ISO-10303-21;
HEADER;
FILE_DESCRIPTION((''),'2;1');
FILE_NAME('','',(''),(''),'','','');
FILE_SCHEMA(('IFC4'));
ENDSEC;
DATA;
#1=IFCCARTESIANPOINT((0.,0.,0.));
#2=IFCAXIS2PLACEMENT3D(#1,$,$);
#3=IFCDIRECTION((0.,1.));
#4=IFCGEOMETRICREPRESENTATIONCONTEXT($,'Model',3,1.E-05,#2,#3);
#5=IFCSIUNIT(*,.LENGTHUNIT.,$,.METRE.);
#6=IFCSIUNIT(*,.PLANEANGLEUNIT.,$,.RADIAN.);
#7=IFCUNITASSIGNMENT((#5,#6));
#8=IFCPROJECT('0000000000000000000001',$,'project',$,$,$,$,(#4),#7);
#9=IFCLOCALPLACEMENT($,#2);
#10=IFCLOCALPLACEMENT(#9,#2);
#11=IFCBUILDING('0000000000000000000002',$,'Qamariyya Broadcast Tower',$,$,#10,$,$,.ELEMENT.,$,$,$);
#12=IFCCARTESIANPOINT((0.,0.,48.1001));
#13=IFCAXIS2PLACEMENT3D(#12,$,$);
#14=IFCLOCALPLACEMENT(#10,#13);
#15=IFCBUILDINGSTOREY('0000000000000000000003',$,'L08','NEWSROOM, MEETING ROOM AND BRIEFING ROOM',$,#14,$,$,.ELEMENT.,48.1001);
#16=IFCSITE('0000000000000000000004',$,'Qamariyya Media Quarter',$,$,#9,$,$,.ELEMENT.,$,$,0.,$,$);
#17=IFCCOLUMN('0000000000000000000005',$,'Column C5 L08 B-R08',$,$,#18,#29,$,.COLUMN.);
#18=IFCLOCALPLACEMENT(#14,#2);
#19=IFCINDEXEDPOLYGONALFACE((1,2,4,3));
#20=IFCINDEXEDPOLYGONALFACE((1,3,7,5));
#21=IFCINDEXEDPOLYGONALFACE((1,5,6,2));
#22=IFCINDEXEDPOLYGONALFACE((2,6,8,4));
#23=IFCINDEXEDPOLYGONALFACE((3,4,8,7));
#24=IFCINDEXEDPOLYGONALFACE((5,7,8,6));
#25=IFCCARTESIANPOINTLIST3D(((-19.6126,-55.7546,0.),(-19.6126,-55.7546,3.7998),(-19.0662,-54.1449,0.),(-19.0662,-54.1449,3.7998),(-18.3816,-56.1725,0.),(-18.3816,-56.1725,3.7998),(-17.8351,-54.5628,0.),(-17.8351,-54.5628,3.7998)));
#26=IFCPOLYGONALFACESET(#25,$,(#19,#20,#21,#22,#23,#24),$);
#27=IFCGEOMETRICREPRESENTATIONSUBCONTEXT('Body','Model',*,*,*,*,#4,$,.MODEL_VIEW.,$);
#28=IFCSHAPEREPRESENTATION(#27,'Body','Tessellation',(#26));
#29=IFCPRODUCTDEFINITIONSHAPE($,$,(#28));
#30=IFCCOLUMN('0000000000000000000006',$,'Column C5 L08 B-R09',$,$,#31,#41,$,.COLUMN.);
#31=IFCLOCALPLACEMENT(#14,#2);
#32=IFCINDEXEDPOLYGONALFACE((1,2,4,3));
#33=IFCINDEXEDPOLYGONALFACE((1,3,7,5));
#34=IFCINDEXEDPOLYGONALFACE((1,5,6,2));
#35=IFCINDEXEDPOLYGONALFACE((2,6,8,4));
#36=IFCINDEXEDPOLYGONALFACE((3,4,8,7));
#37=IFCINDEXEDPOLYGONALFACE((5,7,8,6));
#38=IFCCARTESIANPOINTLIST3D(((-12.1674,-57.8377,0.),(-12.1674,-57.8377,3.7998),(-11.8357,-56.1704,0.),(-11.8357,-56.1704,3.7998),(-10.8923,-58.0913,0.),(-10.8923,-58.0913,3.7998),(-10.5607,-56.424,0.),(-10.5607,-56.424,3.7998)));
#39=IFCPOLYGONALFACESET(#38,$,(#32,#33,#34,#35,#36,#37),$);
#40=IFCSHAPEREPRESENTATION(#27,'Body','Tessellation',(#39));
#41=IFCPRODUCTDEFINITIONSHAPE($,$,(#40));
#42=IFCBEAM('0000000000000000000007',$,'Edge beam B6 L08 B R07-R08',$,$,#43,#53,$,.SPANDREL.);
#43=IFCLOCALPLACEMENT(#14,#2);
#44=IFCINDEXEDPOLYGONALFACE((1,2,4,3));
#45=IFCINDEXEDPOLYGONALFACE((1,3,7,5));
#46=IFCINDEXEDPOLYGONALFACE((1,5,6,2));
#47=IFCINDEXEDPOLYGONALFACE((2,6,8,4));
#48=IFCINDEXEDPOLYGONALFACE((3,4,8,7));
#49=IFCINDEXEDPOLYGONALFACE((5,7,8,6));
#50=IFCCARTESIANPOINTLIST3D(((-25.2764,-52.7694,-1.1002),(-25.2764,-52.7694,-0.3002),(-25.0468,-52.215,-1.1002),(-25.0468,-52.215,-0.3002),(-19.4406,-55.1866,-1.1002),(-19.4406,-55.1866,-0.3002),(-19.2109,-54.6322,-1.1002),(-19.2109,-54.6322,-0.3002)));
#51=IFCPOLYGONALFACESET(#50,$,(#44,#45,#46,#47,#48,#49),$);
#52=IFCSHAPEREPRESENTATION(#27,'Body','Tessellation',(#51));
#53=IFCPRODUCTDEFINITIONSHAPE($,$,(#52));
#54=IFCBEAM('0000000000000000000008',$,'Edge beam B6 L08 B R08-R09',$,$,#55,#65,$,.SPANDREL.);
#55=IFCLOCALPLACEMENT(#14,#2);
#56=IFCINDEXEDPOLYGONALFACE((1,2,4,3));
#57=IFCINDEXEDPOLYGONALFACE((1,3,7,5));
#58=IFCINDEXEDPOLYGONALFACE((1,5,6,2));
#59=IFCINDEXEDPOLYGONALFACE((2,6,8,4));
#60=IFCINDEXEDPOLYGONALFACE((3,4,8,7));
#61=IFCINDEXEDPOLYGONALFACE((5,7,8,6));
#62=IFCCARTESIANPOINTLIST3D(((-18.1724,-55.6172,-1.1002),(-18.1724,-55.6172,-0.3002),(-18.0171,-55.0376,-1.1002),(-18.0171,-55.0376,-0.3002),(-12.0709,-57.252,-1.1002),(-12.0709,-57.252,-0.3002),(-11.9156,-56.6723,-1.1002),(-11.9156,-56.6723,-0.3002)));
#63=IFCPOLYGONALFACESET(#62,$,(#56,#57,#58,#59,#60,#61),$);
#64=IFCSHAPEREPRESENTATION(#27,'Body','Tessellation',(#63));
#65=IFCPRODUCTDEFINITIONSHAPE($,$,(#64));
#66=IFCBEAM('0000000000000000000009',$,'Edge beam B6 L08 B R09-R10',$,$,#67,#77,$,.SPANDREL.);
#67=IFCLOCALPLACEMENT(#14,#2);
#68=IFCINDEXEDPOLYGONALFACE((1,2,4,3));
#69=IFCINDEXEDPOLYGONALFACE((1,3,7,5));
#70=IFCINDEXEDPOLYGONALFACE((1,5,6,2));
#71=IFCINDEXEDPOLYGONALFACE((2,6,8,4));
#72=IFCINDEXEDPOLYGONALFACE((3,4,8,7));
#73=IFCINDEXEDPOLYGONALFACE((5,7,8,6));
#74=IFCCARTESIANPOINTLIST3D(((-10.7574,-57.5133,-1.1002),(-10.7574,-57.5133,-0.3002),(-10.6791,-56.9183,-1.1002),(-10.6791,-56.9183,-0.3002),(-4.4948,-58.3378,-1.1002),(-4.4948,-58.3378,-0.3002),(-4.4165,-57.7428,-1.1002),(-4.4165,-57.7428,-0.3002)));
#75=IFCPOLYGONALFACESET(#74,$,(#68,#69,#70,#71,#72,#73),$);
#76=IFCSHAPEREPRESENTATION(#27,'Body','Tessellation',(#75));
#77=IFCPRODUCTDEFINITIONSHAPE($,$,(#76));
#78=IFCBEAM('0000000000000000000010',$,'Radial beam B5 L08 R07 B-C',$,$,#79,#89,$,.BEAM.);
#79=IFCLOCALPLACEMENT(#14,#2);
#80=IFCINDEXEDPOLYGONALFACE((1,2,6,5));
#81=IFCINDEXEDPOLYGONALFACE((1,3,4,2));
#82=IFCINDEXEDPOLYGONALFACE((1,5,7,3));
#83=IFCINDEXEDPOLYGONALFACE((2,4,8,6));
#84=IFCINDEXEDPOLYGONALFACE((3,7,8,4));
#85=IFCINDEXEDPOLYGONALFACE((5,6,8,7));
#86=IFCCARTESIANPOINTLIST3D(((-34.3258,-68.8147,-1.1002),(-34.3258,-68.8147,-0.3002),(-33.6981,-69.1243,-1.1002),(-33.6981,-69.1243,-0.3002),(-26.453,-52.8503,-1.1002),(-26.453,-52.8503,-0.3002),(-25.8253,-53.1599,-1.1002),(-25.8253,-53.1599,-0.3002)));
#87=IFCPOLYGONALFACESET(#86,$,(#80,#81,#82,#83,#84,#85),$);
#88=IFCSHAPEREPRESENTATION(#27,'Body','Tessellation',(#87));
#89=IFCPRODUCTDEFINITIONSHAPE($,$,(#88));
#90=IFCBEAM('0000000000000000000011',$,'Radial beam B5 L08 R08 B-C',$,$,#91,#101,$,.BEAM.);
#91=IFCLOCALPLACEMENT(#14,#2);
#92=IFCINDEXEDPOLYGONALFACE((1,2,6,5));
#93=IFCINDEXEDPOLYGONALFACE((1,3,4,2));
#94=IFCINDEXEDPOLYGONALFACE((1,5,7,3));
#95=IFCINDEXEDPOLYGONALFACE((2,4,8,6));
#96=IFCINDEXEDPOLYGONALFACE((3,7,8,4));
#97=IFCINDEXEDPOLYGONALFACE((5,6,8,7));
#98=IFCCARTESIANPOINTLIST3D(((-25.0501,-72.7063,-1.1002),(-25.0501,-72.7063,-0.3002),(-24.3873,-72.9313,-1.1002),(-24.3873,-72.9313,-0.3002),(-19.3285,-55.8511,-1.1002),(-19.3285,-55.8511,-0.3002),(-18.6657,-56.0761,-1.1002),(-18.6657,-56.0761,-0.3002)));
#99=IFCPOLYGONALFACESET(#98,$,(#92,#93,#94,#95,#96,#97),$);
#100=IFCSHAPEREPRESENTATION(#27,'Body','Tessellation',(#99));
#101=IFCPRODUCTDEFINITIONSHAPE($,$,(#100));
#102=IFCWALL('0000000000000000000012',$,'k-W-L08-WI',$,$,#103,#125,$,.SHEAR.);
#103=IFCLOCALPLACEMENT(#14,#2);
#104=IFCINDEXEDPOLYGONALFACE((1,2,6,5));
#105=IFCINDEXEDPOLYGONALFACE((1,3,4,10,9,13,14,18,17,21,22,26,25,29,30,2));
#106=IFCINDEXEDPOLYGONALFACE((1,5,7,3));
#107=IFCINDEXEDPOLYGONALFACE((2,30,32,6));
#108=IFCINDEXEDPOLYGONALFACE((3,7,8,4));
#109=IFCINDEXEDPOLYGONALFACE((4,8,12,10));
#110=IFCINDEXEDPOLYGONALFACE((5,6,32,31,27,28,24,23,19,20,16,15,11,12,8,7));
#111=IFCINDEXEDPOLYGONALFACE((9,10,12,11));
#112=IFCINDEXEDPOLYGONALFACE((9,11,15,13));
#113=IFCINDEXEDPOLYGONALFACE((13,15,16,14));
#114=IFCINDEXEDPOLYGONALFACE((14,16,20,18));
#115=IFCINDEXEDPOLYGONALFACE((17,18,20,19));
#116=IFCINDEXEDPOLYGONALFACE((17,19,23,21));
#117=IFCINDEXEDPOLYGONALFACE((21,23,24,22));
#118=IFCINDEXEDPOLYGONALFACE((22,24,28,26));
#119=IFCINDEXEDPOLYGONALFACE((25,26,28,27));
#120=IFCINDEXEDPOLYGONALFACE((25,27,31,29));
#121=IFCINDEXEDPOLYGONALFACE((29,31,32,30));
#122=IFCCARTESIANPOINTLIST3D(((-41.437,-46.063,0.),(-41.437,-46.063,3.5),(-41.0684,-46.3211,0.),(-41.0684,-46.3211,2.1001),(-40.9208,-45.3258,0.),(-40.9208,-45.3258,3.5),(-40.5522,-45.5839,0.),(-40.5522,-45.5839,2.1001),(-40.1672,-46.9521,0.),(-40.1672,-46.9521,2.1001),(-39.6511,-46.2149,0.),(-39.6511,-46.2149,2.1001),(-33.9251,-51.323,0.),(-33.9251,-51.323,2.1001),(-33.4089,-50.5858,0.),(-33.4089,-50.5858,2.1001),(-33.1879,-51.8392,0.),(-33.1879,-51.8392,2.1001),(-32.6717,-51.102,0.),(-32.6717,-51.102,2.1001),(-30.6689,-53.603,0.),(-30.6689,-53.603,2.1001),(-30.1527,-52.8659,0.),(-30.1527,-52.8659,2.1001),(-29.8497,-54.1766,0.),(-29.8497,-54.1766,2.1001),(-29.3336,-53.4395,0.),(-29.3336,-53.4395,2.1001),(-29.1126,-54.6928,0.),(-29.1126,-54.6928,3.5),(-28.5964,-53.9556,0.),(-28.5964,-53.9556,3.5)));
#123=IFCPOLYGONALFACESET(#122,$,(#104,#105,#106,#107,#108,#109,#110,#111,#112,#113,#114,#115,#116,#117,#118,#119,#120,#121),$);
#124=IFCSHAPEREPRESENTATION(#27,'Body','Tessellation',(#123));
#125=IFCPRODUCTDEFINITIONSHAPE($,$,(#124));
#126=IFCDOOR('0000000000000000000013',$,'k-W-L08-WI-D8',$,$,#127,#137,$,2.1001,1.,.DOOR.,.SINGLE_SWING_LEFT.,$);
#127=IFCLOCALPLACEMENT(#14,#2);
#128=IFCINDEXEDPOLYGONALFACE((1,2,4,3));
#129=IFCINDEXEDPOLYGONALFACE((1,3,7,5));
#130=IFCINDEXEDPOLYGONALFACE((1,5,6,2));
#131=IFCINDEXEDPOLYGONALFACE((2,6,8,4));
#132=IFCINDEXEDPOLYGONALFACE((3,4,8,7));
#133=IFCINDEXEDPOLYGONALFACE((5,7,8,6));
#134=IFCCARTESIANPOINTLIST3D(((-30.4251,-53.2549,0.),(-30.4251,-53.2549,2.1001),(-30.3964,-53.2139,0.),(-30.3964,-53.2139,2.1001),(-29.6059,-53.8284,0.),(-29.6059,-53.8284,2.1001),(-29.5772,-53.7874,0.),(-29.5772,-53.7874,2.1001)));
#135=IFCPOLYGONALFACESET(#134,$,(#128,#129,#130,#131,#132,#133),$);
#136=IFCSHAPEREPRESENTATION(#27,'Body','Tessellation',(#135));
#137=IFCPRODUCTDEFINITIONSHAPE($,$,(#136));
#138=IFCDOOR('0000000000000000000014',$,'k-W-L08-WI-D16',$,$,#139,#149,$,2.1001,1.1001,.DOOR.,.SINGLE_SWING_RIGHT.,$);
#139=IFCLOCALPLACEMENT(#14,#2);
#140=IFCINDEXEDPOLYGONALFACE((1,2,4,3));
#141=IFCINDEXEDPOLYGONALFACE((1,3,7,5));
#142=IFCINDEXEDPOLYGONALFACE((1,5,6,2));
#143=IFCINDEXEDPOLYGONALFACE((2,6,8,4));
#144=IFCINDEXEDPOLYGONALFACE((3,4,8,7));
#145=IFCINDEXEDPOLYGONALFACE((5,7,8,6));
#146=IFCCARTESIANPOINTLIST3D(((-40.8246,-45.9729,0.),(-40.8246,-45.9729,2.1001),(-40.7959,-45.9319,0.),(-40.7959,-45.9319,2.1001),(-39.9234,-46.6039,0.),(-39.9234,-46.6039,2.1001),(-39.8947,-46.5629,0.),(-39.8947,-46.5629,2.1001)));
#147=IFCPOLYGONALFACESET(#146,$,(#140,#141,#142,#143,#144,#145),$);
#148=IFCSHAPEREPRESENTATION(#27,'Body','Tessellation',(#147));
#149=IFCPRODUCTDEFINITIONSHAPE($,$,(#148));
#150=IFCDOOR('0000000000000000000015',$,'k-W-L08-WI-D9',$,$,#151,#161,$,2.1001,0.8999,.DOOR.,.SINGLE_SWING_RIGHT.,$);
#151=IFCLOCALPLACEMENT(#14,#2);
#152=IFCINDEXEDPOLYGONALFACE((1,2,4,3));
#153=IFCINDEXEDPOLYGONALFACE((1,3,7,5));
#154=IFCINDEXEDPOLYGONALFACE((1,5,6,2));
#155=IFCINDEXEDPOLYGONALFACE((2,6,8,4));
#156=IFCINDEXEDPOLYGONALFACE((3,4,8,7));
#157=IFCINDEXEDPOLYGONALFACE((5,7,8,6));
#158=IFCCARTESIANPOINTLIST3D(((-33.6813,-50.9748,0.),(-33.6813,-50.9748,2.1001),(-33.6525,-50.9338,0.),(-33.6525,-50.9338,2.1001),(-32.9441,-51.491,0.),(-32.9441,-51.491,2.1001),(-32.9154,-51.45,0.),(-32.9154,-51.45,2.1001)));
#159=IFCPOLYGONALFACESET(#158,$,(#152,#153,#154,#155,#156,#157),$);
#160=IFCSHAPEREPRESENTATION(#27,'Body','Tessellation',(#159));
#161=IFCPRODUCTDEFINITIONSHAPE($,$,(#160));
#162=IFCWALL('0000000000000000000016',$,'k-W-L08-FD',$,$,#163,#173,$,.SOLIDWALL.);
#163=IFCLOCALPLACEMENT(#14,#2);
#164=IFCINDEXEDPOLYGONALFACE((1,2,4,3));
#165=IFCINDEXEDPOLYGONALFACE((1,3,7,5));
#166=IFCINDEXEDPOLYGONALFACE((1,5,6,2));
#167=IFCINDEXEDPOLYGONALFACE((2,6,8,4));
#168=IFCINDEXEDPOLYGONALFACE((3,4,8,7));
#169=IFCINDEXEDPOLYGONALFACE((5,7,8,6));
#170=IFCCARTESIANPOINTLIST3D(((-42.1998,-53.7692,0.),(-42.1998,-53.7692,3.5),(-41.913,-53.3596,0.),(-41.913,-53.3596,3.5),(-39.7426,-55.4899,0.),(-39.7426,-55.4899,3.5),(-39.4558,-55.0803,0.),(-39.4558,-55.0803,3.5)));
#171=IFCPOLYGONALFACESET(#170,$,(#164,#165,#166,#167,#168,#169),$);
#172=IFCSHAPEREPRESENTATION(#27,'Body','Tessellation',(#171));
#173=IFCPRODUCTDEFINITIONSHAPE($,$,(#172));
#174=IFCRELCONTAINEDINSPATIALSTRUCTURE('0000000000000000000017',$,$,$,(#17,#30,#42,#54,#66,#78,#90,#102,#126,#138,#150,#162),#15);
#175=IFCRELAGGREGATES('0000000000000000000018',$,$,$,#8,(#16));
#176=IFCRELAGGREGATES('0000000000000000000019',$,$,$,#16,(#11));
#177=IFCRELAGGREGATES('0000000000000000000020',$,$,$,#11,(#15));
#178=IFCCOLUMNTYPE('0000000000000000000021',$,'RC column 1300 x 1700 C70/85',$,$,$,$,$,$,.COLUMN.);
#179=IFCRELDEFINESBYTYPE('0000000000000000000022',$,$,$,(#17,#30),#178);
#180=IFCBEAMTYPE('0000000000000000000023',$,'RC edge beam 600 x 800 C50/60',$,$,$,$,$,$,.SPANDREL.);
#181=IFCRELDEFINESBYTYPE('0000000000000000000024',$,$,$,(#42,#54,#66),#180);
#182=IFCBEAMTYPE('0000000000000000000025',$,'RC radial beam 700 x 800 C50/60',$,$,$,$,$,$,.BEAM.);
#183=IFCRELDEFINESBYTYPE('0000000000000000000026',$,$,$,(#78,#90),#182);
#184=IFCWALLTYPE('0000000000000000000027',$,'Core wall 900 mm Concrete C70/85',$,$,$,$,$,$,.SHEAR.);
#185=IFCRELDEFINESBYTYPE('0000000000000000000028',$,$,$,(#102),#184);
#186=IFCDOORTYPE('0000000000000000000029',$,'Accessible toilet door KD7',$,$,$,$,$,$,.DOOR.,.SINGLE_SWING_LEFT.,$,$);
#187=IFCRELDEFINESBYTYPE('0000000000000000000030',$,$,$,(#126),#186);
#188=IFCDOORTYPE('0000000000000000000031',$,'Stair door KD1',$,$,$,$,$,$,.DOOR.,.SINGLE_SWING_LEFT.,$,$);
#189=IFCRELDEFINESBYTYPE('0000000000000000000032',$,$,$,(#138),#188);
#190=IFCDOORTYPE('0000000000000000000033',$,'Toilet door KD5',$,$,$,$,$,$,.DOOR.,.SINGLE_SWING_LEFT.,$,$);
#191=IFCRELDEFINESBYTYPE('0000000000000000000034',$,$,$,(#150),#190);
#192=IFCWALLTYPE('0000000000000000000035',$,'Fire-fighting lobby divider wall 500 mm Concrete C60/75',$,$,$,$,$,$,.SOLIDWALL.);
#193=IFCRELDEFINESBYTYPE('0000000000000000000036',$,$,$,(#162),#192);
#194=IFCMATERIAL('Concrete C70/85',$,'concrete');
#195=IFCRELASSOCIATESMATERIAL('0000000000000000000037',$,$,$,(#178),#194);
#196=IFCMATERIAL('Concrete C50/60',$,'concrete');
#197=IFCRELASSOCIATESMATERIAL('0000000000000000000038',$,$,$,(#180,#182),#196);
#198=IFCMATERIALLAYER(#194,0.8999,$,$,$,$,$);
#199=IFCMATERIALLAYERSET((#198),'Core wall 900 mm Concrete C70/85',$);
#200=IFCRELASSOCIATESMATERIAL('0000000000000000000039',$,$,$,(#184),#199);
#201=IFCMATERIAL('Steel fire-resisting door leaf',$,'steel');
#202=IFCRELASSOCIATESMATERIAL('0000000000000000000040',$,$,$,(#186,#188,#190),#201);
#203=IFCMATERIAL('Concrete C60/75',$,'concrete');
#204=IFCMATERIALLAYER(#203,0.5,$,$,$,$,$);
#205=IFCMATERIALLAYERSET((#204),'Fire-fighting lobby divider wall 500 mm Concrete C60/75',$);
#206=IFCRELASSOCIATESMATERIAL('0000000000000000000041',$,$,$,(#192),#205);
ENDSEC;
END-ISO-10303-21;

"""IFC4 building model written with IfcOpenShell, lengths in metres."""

from ifc_helpers import new_model, si_unit, direction, frame, frame_2d, origin, origin_2d, place, context, subcontext, project, spatial, rectangle, extrude, material, layer, layer_set, material_profile, profile_set, type_object, element, fill, save


model = new_model("IFC4")

# Units and contexts
model_context = context("Model", 3, precision=1e-05, world=origin(), true_north=direction((0.0, 1.0)))
body_context = subcontext(model_context, "Body", "Model", "MODEL_VIEW")
ifc_project = project(units=[si_unit("LENGTHUNIT", "METRE"), si_unit("PLANEANGLEUNIT", "RADIAN")], contexts=[model_context])

# Site, building, storey
site_placement = place(None, origin())
site = spatial("IfcSite", under=ifc_project, at=site_placement, Name="Qamariyya Media Quarter", CompositionType="ELEMENT", RefElevation=0.0)
building_placement = place(site_placement, origin())
building = spatial("IfcBuilding", under=site, at=building_placement, Name="Qamariyya Broadcast Tower", CompositionType="ELEMENT")
storey_placement = place(building_placement, frame((0.0, 0.0, 48.1001)))
storey = spatial("IfcBuildingStorey", under=building, at=storey_placement, Name="L08", Description="NEWSROOM, MEETING ROOM AND BRIEFING ROOM", CompositionType="ELEMENT", Elevation=48.1001)

# Columns
ifc_material_1 = material(Name="Concrete C70/85", Category="concrete")
ifc_material_profile_1 = material_profile(ifc_material_1, rectangle(XDim=1.3, YDim=1.7, at=origin_2d()))
ifc_profile_set_1 = profile_set([ifc_material_profile_1], Name="Concrete C70/85")
column_type = type_object("IfcColumnType", Name="RC column 1300 x 1700 C70/85", PredefinedType="COLUMN", material=ifc_profile_set_1)
for number, where, z_axis, x_axis, name in (
    (1, (-18.7239, -55.1587, 0.0), (0.0, 0.0, 1.0), (0.94693, -0.321439, 0.0), "Column C5 L08 B-R08"),
    (2, (-11.364, -57.1309, 0.0), (0.0, 0.0, 1.0), (0.980785, -0.19509, 0.0), "Column C5 L08 B-R09"),
):
    element("IfcColumn", number, at=place(storey_placement, frame(where, z_axis=z_axis, x_axis=x_axis)), inside=storey, type_object=column_type, Name=name, PredefinedType="COLUMN", context=body_context, shape_type="SweptSolid", body=[
        extrude(rectangle(XDim=1.3, YDim=1.7, at=origin_2d()), origin(), (0.0, 0.0, 1.0), 3.7998),
    ])

# Beams
ifc_material_2 = material(Name="Concrete C50/60", Category="concrete")
ifc_material_profile_2 = material_profile(ifc_material_2, rectangle(XDim=0.6001, YDim=0.8, at=origin_2d()))
ifc_profile_set_2 = profile_set([ifc_material_profile_2], Name="Concrete C50/60")
beam_type_1 = type_object("IfcBeamType", Name="RC edge beam 600 x 800 C50/60", PredefinedType="SPANDREL", material=ifc_profile_set_2)
for number, where, z_axis, x_axis, name in (
    (3, (-25.1616, -52.4922, -0.7002), (0.923884, -0.382672, 0.0), (0.382672, 0.923884, 0.0), "Edge beam B6 L08 B R07-R08"),
    (4, (-18.0947, -55.3274, -0.7002), (0.965931, -0.258798, 0.0), (0.258798, 0.965931, 0.0), "Edge beam B6 L08 B R08-R09"),
    (5, (-10.7183, -57.2158, -0.7002), (0.991446, -0.13052, 0.0), (0.13052, 0.991446, 0.0), "Edge beam B6 L08 B R09-R10"),
):
    element("IfcBeam", number, at=place(storey_placement, frame(where, z_axis=z_axis, x_axis=x_axis)), inside=storey, type_object=beam_type_1, Name=name, PredefinedType="SPANDREL", context=body_context, shape_type="SweptSolid", body=[
        extrude(rectangle(XDim=0.6001, YDim=0.8, at=origin_2d()), origin(), (0.0, 0.0, 1.0), 6.3167),
    ])
ifc_material_profile_3 = material_profile(ifc_material_2, rectangle(XDim=0.7, YDim=0.8, at=origin_2d()))
ifc_profile_set_3 = profile_set([ifc_material_profile_3], Name="Concrete C50/60")
beam_type_2 = type_object("IfcBeamType", Name="RC radial beam 700 x 800 C50/60", PredefinedType="BEAM", material=ifc_profile_set_3)
beam_1_placement = place(storey_placement, frame((-26.1392, -53.0051, -0.7002), z_axis=(-0.442291, -0.896872, 0.0), x_axis=(0.896872, -0.442291, 0.0)))
element("IfcBeam", 6, at=beam_1_placement, inside=storey, type_object=beam_type_2, Name="Radial beam B5 L08 R07 B-C", PredefinedType="BEAM", context=body_context, shape_type="SweptSolid", body=[
    extrude(rectangle(XDim=0.7, YDim=0.8, at=origin_2d()), origin(), (0.0, 0.0, 1.0), 17.8),
])
beam_2_placement = place(storey_placement, frame((-18.9971, -55.9636, -0.7002), z_axis=(-0.321445, -0.946928, 0.0), x_axis=(0.946928, -0.321445, 0.0)))
element("IfcBeam", 7, at=beam_2_placement, inside=storey, type_object=beam_type_2, Name="Radial beam B5 L08 R08 B-C", PredefinedType="BEAM", context=body_context, shape_type="SweptSolid", body=[
    extrude(rectangle(XDim=0.7, YDim=0.8, at=origin_2d()), origin(), (0.0, 0.0, 1.0), 17.7998),
])

# Wall, openings, doors
ifc_layer_1 = layer(ifc_material_1, 0.8999)
ifc_layer_set_1 = layer_set([ifc_layer_1], Name="Core wall 900 mm Concrete C70/85")
wall_type_1 = type_object("IfcWallType", Name="Core wall 900 mm Concrete C70/85", PredefinedType="SHEAR", material=ifc_layer_set_1)
wall_1_placement = place(storey_placement, frame((-28.8545, -54.3242, 0.0), z_axis=(0.0, 0.0, 1.0), x_axis=(-0.819146, 0.573585, 0.0)))
wall_1 = element("IfcWall", 8, at=wall_1_placement, inside=storey, type_object=wall_type_1, Name="k-W-L08-WI", PredefinedType="SHEAR", context=body_context, shape_type="SweptSolid", body=[
    extrude(rectangle(XDim=15.0454, YDim=0.8999, at=frame_2d((7.5227, 0.0))), origin(), (0.0, 0.0, 1.0), 3.5),
])
opening_1_placement = place(wall_1_placement, frame((0.8999, 0.0, 0.0)))
opening_1 = element("IfcOpeningElement", 9, at=opening_1_placement, cuts=wall_1, PredefinedType="OPENING", context=body_context, shape_type="SweptSolid", body=[
    extrude(rectangle(XDim=1.0, YDim=2.1001, at=frame_2d((0.5, 1.05))), frame((0.0, 0.46, 0.0), z_axis=(0.0, -1.0, 0.0), x_axis=(1.0, 0.0, 0.0)), (0.0, 0.0, 1.0), 0.9199),
])
opening_2_placement = place(wall_1_placement, frame((4.9751, 0.0, 0.0)))
opening_2 = element("IfcOpeningElement", 10, at=opening_2_placement, cuts=wall_1, PredefinedType="OPENING", context=body_context, shape_type="SweptSolid", body=[
    extrude(rectangle(XDim=0.8999, YDim=2.1001, at=frame_2d((0.45, 1.05))), frame((0.0, 0.46, 0.0), z_axis=(0.0, -1.0, 0.0), x_axis=(1.0, 0.0, 0.0)), (0.0, 0.0, 1.0), 0.9199),
])
opening_3_placement = place(wall_1_placement, frame((13.4954, 0.0, 0.0)))
opening_3 = element("IfcOpeningElement", 11, at=opening_3_placement, cuts=wall_1, PredefinedType="OPENING", context=body_context, shape_type="SweptSolid", body=[
    extrude(rectangle(XDim=1.1001, YDim=2.1001, at=frame_2d((0.55, 1.05))), frame((0.0, 0.46, 0.0), z_axis=(0.0, -1.0, 0.0), x_axis=(1.0, 0.0, 0.0)), (0.0, 0.0, 1.0), 0.9199),
])
ifc_material_3 = material(Name="Steel fire-resisting door leaf", Category="steel")
door_type_1 = type_object("IfcDoorType", Name="Accessible toilet door KD7", OperationType="SINGLE_SWING_LEFT", PredefinedType="DOOR", material=ifc_material_3)
door_1_placement = place(opening_1_placement, origin())
door_1 = element("IfcDoor", 12, at=door_1_placement, inside=storey, type_object=door_type_1, Name="k-W-L08-WI-D8", OperationType="SINGLE_SWING_LEFT", OverallHeight=2.1001, OverallWidth=1.0, PredefinedType="DOOR", context=body_context, shape_type="SweptSolid", body=[
    extrude(rectangle(XDim=1.0, YDim=2.1001, at=frame_2d((0.5, 1.05))), frame((0.0, 0.0249, 0.0), z_axis=(0.0, -1.0, 0.0), x_axis=(1.0, 0.0, 0.0)), (0.0, 0.0, 1.0), 0.05),
])
fill(opening_1, door_1)
door_type_2 = type_object("IfcDoorType", Name="Stair door KD1", OperationType="SINGLE_SWING_LEFT", PredefinedType="DOOR", material=ifc_material_3)
door_2_placement = place(opening_3_placement, origin())
door_2 = element("IfcDoor", 13, at=door_2_placement, inside=storey, type_object=door_type_2, Name="k-W-L08-WI-D16", OperationType="SINGLE_SWING_RIGHT", OverallHeight=2.1001, OverallWidth=1.1001, PredefinedType="DOOR", context=body_context, shape_type="SweptSolid", body=[
    extrude(rectangle(XDim=1.1001, YDim=2.1001, at=frame_2d((0.55, 1.05))), frame((0.0, 0.0249, 0.0), z_axis=(0.0, -1.0, 0.0), x_axis=(1.0, 0.0, 0.0)), (0.0, 0.0, 1.0), 0.05),
])
fill(opening_3, door_2)
door_type_3 = type_object("IfcDoorType", Name="Toilet door KD5", OperationType="SINGLE_SWING_LEFT", PredefinedType="DOOR", material=ifc_material_3)
door_3_placement = place(opening_2_placement, origin())
door_3 = element("IfcDoor", 14, at=door_3_placement, inside=storey, type_object=door_type_3, Name="k-W-L08-WI-D9", OperationType="SINGLE_SWING_RIGHT", OverallHeight=2.1001, OverallWidth=0.8999, PredefinedType="DOOR", context=body_context, shape_type="SweptSolid", body=[
    extrude(rectangle(XDim=0.8999, YDim=2.1001, at=frame_2d((0.45, 1.05))), frame((0.0, 0.0249, 0.0), z_axis=(0.0, -1.0, 0.0), x_axis=(1.0, 0.0, 0.0)), (0.0, 0.0, 1.0), 0.05),
])
fill(opening_2, door_3)

# Wall
ifc_material_4 = material(Name="Concrete C60/75", Category="concrete")
ifc_layer_2 = layer(ifc_material_4, 0.5)
ifc_layer_set_2 = layer_set([ifc_layer_2], Name="Fire-fighting lobby divider wall 500 mm Concrete C60/75")
wall_type_2 = type_object("IfcWallType", Name="Fire-fighting lobby divider wall 500 mm Concrete C60/75", PredefinedType="SOLIDWALL", material=ifc_layer_set_2)
wall_2_placement = place(storey_placement, frame((-39.5991, -55.2852, 0.0), z_axis=(0.0, 0.0, 1.0), x_axis=(-0.819136, 0.573599, 0.0)))
element("IfcWall", 15, at=wall_2_placement, inside=storey, type_object=wall_type_2, Name="k-W-L08-FD", PredefinedType="SOLIDWALL", context=body_context, shape_type="SweptSolid", body=[
    extrude(rectangle(XDim=2.9998, YDim=0.5, at=frame_2d((1.5, 0.0))), origin(), (0.0, 0.0, 1.0), 3.5),
])

save(model, "model.ifc")
